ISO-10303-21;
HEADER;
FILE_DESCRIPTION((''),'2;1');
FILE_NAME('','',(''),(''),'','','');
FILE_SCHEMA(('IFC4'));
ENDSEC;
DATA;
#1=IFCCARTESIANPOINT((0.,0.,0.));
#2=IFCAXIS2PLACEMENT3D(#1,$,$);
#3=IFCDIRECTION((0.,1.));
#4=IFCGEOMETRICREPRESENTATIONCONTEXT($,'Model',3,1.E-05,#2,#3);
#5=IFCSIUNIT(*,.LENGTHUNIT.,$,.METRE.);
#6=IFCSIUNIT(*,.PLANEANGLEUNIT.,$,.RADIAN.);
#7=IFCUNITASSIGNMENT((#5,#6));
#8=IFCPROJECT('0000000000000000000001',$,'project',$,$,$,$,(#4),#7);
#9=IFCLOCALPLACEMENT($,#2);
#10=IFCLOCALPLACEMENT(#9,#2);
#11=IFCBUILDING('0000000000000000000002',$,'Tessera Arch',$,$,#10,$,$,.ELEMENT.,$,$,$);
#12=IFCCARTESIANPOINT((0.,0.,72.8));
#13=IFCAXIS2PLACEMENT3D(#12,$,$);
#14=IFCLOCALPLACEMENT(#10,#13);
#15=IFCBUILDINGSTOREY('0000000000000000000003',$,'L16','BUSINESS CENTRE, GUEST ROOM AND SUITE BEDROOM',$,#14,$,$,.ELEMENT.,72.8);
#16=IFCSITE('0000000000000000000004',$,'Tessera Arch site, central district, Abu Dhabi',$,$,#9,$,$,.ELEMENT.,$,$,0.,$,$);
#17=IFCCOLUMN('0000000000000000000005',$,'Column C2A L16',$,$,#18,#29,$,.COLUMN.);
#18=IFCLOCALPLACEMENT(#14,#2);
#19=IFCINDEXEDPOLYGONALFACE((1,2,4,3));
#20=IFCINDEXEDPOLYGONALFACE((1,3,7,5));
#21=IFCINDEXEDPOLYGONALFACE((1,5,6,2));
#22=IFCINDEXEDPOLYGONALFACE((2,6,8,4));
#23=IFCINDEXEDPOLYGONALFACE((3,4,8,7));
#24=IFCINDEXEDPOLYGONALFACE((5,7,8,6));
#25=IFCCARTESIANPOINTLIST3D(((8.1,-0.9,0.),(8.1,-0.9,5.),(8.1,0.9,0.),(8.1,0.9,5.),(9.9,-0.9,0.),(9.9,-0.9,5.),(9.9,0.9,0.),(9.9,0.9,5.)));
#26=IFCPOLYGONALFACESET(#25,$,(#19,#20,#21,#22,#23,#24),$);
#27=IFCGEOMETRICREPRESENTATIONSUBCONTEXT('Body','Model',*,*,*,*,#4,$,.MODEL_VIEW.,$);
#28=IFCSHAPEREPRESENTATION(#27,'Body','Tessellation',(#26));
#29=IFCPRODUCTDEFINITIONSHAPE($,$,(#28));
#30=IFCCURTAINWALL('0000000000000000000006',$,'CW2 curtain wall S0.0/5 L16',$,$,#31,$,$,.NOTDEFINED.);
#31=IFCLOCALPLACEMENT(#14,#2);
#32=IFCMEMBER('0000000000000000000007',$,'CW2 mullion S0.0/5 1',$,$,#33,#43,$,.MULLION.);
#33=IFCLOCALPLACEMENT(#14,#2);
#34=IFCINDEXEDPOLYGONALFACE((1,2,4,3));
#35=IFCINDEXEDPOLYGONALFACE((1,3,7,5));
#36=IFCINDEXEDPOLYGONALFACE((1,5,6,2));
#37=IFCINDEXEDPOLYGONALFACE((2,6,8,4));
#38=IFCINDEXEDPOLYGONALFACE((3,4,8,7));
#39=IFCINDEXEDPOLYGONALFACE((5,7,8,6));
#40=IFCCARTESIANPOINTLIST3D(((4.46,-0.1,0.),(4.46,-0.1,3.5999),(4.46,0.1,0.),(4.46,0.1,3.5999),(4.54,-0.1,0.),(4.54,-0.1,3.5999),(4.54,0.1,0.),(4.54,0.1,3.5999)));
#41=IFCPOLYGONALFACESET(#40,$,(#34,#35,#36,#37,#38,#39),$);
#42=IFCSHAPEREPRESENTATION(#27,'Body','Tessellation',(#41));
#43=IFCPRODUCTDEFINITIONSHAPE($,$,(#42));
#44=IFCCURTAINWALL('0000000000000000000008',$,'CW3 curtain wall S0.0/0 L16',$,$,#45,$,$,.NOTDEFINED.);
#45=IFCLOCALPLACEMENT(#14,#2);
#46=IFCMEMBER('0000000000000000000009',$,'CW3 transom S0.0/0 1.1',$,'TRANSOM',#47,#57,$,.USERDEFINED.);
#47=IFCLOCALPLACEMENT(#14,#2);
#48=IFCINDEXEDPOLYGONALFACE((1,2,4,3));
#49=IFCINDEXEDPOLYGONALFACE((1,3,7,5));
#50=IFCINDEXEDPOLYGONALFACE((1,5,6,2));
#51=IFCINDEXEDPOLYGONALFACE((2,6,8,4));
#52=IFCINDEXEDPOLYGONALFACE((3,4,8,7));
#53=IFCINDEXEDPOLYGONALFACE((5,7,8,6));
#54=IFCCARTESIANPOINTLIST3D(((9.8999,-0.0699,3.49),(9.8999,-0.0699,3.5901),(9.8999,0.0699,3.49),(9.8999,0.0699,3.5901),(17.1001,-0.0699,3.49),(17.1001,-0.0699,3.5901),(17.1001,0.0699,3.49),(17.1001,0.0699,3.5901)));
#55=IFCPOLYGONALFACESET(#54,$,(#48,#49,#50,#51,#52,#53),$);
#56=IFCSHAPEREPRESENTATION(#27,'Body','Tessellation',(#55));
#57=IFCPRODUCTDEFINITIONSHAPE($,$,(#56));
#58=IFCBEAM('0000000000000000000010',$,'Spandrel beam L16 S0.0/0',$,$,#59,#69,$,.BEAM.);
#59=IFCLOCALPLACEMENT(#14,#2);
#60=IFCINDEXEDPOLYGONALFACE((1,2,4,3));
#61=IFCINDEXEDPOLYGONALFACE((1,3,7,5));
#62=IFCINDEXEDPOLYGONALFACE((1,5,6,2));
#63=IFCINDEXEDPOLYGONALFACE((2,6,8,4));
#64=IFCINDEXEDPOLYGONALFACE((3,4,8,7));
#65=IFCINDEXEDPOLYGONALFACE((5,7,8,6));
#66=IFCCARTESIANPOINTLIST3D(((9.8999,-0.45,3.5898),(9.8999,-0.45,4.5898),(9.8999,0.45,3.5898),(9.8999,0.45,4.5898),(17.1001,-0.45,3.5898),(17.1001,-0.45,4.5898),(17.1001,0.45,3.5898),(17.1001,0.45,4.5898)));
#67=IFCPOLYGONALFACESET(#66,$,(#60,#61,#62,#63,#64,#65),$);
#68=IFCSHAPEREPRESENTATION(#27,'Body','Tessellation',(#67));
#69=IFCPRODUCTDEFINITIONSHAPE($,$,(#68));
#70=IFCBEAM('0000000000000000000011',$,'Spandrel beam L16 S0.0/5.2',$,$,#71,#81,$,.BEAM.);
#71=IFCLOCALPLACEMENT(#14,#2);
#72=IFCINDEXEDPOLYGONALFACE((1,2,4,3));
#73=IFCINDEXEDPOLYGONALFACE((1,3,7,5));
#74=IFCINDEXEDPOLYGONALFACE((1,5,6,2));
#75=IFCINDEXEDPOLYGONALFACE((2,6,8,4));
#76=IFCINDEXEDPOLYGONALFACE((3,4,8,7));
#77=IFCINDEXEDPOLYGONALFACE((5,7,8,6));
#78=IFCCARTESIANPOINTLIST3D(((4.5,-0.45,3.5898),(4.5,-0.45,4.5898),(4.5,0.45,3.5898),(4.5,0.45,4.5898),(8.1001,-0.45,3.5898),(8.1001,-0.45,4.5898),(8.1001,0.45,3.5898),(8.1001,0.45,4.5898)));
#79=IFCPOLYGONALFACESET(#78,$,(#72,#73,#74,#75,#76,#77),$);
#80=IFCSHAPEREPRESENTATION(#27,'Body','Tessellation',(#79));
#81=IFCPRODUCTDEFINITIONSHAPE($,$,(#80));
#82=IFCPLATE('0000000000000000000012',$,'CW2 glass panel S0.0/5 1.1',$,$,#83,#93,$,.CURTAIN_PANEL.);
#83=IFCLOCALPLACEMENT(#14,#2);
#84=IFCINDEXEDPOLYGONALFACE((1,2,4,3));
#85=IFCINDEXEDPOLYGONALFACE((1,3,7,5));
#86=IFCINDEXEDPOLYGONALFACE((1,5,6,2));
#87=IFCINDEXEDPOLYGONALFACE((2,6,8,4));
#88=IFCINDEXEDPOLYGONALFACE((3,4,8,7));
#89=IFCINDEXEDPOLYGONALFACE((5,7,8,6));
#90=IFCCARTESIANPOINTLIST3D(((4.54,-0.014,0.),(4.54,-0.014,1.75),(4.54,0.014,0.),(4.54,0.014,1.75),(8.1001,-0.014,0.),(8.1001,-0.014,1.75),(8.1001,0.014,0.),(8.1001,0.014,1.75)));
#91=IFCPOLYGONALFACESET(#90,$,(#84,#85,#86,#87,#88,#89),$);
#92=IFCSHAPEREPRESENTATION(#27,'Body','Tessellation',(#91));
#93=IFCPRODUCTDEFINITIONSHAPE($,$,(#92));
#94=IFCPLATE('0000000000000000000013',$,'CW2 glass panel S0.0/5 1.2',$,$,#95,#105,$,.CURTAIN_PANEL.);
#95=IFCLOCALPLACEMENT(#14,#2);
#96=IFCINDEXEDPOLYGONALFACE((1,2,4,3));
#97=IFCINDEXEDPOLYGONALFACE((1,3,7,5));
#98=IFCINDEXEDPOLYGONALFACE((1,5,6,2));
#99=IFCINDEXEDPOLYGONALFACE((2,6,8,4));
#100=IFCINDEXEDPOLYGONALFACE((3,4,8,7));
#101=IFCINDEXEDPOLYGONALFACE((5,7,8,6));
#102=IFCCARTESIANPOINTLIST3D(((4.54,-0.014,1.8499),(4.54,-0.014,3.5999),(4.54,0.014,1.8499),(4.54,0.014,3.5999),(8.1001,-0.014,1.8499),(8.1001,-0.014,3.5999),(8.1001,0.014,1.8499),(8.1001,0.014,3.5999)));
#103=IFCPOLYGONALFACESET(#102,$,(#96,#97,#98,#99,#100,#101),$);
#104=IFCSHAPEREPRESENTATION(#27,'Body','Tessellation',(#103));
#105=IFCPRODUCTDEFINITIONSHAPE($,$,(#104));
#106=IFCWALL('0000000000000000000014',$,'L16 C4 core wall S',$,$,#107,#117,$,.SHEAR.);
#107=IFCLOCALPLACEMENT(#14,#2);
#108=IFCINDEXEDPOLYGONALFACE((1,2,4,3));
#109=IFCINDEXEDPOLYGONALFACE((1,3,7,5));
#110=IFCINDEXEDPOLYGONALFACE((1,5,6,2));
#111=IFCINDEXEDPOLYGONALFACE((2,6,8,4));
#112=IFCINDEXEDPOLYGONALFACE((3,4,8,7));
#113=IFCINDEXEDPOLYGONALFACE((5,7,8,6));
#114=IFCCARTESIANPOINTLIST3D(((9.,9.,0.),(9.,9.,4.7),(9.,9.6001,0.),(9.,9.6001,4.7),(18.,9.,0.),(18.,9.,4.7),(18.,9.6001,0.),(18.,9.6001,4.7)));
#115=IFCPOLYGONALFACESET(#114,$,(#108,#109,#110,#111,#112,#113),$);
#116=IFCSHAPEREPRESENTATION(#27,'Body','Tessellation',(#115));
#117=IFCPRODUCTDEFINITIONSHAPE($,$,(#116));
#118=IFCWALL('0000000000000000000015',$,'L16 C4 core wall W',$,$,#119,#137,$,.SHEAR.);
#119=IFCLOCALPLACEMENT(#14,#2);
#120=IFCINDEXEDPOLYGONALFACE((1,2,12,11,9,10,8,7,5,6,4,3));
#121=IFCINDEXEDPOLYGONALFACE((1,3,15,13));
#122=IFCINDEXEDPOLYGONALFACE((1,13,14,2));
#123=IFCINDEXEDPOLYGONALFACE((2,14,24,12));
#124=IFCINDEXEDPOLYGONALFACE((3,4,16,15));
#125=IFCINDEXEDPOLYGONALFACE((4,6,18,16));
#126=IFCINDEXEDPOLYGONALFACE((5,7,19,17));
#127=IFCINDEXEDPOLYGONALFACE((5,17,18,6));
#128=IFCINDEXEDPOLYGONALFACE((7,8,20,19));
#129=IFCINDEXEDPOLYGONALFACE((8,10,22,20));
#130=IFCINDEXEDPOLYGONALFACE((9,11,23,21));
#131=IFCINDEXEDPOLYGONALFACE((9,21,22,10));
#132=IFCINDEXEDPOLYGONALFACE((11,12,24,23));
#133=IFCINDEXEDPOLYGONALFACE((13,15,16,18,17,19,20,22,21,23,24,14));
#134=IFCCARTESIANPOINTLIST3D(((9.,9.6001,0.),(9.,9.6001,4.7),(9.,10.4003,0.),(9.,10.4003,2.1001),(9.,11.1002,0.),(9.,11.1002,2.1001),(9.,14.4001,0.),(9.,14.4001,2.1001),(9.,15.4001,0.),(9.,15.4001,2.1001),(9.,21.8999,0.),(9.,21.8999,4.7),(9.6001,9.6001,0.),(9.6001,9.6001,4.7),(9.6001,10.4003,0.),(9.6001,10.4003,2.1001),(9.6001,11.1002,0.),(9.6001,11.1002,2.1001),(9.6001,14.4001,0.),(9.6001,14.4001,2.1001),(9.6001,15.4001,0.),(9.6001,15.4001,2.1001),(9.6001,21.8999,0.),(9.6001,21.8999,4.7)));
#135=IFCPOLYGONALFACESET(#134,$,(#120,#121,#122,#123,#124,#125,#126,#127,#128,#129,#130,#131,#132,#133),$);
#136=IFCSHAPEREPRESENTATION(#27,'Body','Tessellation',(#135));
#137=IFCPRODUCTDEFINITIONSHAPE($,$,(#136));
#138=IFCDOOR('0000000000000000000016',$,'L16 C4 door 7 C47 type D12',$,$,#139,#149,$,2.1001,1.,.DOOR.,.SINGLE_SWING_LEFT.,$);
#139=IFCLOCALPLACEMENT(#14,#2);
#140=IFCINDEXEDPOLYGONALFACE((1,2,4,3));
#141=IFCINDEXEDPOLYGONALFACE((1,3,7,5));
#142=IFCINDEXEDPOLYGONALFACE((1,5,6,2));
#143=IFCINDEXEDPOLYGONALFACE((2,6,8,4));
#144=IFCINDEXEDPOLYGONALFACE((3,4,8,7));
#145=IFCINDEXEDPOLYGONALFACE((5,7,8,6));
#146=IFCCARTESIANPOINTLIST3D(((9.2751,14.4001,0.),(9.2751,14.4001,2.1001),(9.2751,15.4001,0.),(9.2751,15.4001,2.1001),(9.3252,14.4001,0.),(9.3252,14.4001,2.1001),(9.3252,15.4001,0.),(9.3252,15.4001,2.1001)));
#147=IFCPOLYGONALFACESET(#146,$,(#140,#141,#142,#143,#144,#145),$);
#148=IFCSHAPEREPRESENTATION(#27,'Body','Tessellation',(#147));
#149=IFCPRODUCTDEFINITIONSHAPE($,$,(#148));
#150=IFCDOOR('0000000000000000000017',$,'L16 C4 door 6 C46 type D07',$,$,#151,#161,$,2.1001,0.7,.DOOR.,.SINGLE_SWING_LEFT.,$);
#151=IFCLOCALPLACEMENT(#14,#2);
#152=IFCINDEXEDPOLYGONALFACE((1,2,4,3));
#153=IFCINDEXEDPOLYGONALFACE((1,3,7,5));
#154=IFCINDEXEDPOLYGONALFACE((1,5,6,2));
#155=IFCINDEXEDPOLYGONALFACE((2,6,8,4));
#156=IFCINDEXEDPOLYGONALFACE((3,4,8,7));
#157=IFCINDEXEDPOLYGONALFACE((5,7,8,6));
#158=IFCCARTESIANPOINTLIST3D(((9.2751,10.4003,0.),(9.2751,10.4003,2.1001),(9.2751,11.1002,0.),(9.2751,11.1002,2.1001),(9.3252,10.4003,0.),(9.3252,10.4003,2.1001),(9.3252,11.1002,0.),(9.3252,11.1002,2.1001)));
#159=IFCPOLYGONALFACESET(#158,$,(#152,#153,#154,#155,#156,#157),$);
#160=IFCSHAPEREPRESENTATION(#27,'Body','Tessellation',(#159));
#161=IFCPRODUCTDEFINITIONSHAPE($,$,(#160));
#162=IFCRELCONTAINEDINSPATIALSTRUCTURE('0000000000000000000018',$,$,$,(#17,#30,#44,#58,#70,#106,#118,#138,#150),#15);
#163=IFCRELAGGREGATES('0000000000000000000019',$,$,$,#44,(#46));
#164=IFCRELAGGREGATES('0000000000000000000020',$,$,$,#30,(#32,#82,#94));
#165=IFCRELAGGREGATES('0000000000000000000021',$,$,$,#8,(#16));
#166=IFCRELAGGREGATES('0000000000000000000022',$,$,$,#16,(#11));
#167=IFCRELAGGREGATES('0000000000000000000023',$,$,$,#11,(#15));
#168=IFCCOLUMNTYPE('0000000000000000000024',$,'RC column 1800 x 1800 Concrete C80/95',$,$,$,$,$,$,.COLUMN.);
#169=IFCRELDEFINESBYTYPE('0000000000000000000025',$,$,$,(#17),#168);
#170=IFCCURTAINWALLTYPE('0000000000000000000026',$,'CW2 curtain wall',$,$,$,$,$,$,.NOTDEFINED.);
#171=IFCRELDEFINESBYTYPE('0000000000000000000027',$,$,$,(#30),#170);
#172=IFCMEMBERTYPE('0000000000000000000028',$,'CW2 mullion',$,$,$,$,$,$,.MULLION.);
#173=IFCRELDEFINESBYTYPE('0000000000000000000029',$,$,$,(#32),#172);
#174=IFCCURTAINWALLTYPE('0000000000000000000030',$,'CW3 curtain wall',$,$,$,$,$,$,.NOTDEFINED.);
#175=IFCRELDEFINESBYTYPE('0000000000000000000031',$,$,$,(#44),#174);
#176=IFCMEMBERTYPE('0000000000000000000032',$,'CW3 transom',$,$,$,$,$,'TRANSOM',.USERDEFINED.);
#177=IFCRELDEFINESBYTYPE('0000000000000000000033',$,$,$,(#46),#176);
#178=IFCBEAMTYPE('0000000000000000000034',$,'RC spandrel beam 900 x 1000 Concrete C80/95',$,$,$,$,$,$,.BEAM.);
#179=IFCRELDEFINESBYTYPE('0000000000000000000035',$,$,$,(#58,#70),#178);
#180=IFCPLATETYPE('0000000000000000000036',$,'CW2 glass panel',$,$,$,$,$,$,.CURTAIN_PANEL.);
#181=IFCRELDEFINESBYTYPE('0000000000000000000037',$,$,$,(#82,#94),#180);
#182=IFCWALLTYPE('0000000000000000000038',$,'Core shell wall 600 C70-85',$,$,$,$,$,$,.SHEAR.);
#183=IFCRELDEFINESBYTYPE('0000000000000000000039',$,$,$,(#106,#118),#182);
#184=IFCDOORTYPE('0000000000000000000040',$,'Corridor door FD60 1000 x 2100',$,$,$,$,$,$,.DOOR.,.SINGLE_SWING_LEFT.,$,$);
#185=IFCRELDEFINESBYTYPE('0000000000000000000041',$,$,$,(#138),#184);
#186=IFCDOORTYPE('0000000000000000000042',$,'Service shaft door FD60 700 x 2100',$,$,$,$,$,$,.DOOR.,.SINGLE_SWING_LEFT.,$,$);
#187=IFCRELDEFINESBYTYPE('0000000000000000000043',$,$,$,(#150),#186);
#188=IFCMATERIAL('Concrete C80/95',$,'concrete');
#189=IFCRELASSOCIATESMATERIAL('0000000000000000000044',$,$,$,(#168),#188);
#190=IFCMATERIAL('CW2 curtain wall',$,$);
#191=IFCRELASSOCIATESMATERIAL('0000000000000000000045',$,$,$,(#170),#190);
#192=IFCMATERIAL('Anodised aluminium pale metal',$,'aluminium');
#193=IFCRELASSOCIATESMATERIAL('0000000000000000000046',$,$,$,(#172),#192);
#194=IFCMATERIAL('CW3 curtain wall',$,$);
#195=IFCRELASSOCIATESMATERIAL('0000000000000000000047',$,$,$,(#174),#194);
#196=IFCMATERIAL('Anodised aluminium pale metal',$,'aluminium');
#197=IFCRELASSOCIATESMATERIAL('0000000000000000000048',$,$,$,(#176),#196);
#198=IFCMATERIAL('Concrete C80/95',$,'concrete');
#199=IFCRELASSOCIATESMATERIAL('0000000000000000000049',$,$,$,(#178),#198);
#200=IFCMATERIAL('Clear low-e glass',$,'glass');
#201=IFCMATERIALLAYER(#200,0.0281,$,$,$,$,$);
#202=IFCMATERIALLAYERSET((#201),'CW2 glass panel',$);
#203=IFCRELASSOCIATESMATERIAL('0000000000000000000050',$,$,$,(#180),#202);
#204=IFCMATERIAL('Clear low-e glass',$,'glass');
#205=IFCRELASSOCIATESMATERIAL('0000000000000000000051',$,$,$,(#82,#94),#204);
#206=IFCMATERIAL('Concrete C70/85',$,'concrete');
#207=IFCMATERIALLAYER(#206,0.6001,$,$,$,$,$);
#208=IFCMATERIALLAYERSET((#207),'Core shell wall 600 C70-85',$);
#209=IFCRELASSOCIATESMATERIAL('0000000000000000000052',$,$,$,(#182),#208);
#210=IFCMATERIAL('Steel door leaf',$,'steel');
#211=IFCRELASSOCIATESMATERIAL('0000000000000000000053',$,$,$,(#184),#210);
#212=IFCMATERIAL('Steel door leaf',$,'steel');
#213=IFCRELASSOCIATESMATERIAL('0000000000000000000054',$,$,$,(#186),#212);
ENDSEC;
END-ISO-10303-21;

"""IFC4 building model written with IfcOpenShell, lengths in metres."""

from ifc_helpers import new_model, si_unit, direction, frame, frame_2d, origin, origin_2d, place, context, subcontext, project, spatial, rectangle, extrude, material, layer, layer_set, material_profile, profile_set, type_object, element, fill, aggregate, save


model = new_model("IFC4")

# Units and contexts
model_context = context("Model", 3, precision=1e-05, world=origin(), true_north=direction((0.0, 1.0)))
body_context = subcontext(model_context, "Body", "Model", "MODEL_VIEW")
ifc_project = project(units=[si_unit("LENGTHUNIT", "METRE"), si_unit("PLANEANGLEUNIT", "RADIAN")], contexts=[model_context])

# Site, building, storey
site_placement = place(None, origin())
site = spatial("IfcSite", under=ifc_project, at=site_placement, Name="Tessera Arch site, central district, Abu Dhabi", CompositionType="ELEMENT", RefElevation=0.0)
building_placement = place(site_placement, origin())
building = spatial("IfcBuilding", under=site, at=building_placement, Name="Tessera Arch", CompositionType="ELEMENT")
storey_placement = place(building_placement, frame((0.0, 0.0, 72.8)))
storey = spatial("IfcBuildingStorey", under=building, at=storey_placement, Name="L16", Description="BUSINESS CENTRE, GUEST ROOM AND SUITE BEDROOM", CompositionType="ELEMENT", Elevation=72.8)

# Column
ifc_material_1 = material(Name="Concrete C80/95", Category="concrete")
ifc_material_profile_1 = material_profile(ifc_material_1, rectangle(XDim=1.8, YDim=1.8, at=origin_2d()), Name="RC column 1800 x 1800 Concrete C80/95")
ifc_profile_set_1 = profile_set([ifc_material_profile_1], Name="Concrete C80/95")
column_type = type_object("IfcColumnType", Name="RC column 1800 x 1800 Concrete C80/95", PredefinedType="COLUMN", material=ifc_profile_set_1)
column_placement = place(storey_placement, frame((9.0, 0.0, 0.0), z_axis=(0.0, 0.0, 1.0), x_axis=(1.0, 0.0, 0.0)))
element("IfcColumn", 1, at=column_placement, inside=storey, type_object=column_type, Name="Column C2A L16", PredefinedType="COLUMN", context=body_context, shape_type="SweptSolid", body=[
    extrude(rectangle(XDim=1.8, YDim=1.8, at=origin_2d()), origin(), (0.0, 0.0, 1.0), 5.0),
])

# Curtain walls, members
ifc_material_2 = material(Name="CW2 curtain wall")
curtain_wall_type_1 = type_object("IfcCurtainWallType", Name="CW2 curtain wall", PredefinedType="NOTDEFINED", material=ifc_material_2)
curtain_wall_1_placement = place(storey_placement, origin())
curtain_wall_1 = element("IfcCurtainWall", 2, at=curtain_wall_1_placement, inside=storey, type_object=curtain_wall_type_1, Name="CW2 curtain wall S0.0/5 L16", PredefinedType="NOTDEFINED")
ifc_material_3 = material(Name="Anodised aluminium pale metal", Category="aluminium")
ifc_material_profile_2 = material_profile(ifc_material_3, rectangle(XDim=0.2, YDim=0.0801, at=origin_2d()), Name="AL 80x200")
ifc_profile_set_2 = profile_set([ifc_material_profile_2], Name="Anodised aluminium pale metal")
member_type_1 = type_object("IfcMemberType", Name="CW2 mullion", PredefinedType="MULLION", material=ifc_profile_set_2)
member_1_placement = place(storey_placement, frame((4.5, 0.0, 0.0), z_axis=(0.0, 0.0, 1.0), x_axis=(0.0, 1.0, 0.0)))
member_1 = element("IfcMember", 3, at=member_1_placement, type_object=member_type_1, Name="CW2 mullion S0.0/5 1", PredefinedType="MULLION", context=body_context, shape_type="SweptSolid", body=[
    extrude(rectangle(XDim=0.2, YDim=0.0801, at=origin_2d()), origin(), (0.0, 0.0, 1.0), 3.5999),
])
ifc_material_4 = material(Name="CW3 curtain wall")
curtain_wall_type_2 = type_object("IfcCurtainWallType", Name="CW3 curtain wall", PredefinedType="NOTDEFINED", material=ifc_material_4)
curtain_wall_2_placement = place(storey_placement, origin())
curtain_wall_2 = element("IfcCurtainWall", 4, at=curtain_wall_2_placement, inside=storey, type_object=curtain_wall_type_2, Name="CW3 curtain wall S0.0/0 L16", PredefinedType="NOTDEFINED")
ifc_material_5 = material(Name="Anodised aluminium pale metal", Category="aluminium")
ifc_material_profile_3 = material_profile(ifc_material_5, rectangle(XDim=0.1399, YDim=0.1001, at=origin_2d()), Name="AL 140x100")
ifc_profile_set_3 = profile_set([ifc_material_profile_3], Name="Anodised aluminium pale metal")
member_type_2 = type_object("IfcMemberType", Name="CW3 transom", ElementType="TRANSOM", PredefinedType="USERDEFINED", material=ifc_profile_set_3)
member_2_placement = place(storey_placement, frame((9.8999, 0.0, 3.54), z_axis=(1.0, 0.0, 0.0), x_axis=(0.0, 1.0, 0.0)))
member_2 = element("IfcMember", 5, at=member_2_placement, type_object=member_type_2, Name="CW3 transom S0.0/0 1.1", ObjectType="TRANSOM", PredefinedType="USERDEFINED", context=body_context, shape_type="SweptSolid", body=[
    extrude(rectangle(XDim=0.1399, YDim=0.1001, at=origin_2d()), origin(), (0.0, 0.0, 1.0), 7.2002),
])
aggregate(curtain_wall_2, [member_2])

# Beams
ifc_material_6 = material(Name="Concrete C80/95", Category="concrete")
ifc_material_profile_4 = material_profile(ifc_material_6, rectangle(XDim=0.8999, YDim=1.0, at=origin_2d()), Name="RC spandrel beam 900 x 1000 Concrete C80/95")
ifc_profile_set_4 = profile_set([ifc_material_profile_4], Name="Concrete C80/95")
beam_type = type_object("IfcBeamType", Name="RC spandrel beam 900 x 1000 Concrete C80/95", PredefinedType="BEAM", material=ifc_profile_set_4)
beam_1_placement = place(storey_placement, frame((9.8999, 0.0, 4.0898), z_axis=(1.0, 0.0, 0.0), x_axis=(0.0, 1.0, 0.0)))
element("IfcBeam", 6, at=beam_1_placement, inside=storey, type_object=beam_type, Name="Spandrel beam L16 S0.0/0", PredefinedType="BEAM", context=body_context, shape_type="SweptSolid", body=[
    extrude(rectangle(XDim=0.8999, YDim=1.0, at=origin_2d()), origin(), (0.0, 0.0, 1.0), 7.2002),
])
beam_2_placement = place(storey_placement, frame((4.5, 0.0, 4.0898), z_axis=(1.0, 0.0, 0.0), x_axis=(0.0, 1.0, 0.0)))
element("IfcBeam", 7, at=beam_2_placement, inside=storey, type_object=beam_type, Name="Spandrel beam L16 S0.0/5.2", PredefinedType="BEAM", context=body_context, shape_type="SweptSolid", body=[
    extrude(rectangle(XDim=0.8999, YDim=1.0, at=origin_2d()), origin(), (0.0, 0.0, 1.0), 3.6001),
])

# Plates
ifc_material_7 = material(Name="Clear low-e glass", Category="glass")
ifc_material_8 = material(Name="Clear low-e glass", Category="glass")
ifc_layer_1 = layer(ifc_material_8, 0.0281)
ifc_layer_set_1 = layer_set([ifc_layer_1], Name="CW2 glass panel")
plate_type = type_object("IfcPlateType", Name="CW2 glass panel", PredefinedType="CURTAIN_PANEL", material=ifc_layer_set_1)
plate_1_placement = place(storey_placement, frame((6.3201, 0.0, 0.0), z_axis=(0.0, 0.0, 1.0), x_axis=(1.0, 0.0, 0.0)))
plate_1 = element("IfcPlate", 8, at=plate_1_placement, type_object=plate_type, material=ifc_material_7, Name="CW2 glass panel S0.0/5 1.1", PredefinedType="CURTAIN_PANEL", context=body_context, shape_type="SweptSolid", body=[
    extrude(rectangle(XDim=3.5601, YDim=0.0281, at=origin_2d()), origin(), (0.0, 0.0, 1.0), 1.75),
])
plate_2_placement = place(storey_placement, frame((6.3201, 0.0, 1.8499), z_axis=(0.0, 0.0, 1.0), x_axis=(1.0, 0.0, 0.0)))
plate_2 = element("IfcPlate", 9, at=plate_2_placement, type_object=plate_type, material=ifc_material_7, Name="CW2 glass panel S0.0/5 1.2", PredefinedType="CURTAIN_PANEL", context=body_context, shape_type="SweptSolid", body=[
    extrude(rectangle(XDim=3.5601, YDim=0.0281, at=origin_2d()), origin(), (0.0, 0.0, 1.0), 1.75),
])
aggregate(curtain_wall_1, [member_1, plate_1, plate_2])

# Wall
ifc_material_9 = material(Name="Concrete C70/85", Category="concrete")
ifc_layer_2 = layer(ifc_material_9, 0.6001)
ifc_layer_set_2 = layer_set([ifc_layer_2], Name="Core shell wall 600 C70-85")
wall_type_1 = type_object("IfcWallType", Name="Core shell wall 600 C70-85", PredefinedType="SHEAR", material=ifc_layer_set_2)
wall_1_placement = place(storey_placement, frame((9.0, 9.3, 0.0), z_axis=(0.0, 0.0, 1.0), x_axis=(1.0, 0.0, 0.0)))
element("IfcWall", 10, at=wall_1_placement, inside=storey, type_object=wall_type_1, Name="L16 C4 core wall S", PredefinedType="SHEAR", context=body_context, shape_type="SweptSolid", body=[
    extrude(rectangle(XDim=9.0, YDim=0.6001, at=frame_2d((4.5, 0.0))), origin(), (0.0, 0.0, 1.0), 4.7),
])

# Wall, openings, doors
wall_2_placement = place(storey_placement, frame((9.3, 9.6001, 0.0), z_axis=(0.0, 0.0, 1.0), x_axis=(0.0, 1.0, 0.0)))
wall_2 = element("IfcWall", 11, at=wall_2_placement, inside=storey, type_object=wall_type_1, Name="L16 C4 core wall W", PredefinedType="SHEAR", context=body_context, shape_type="SweptSolid", body=[
    extrude(rectangle(XDim=12.2998, YDim=0.6001, at=frame_2d((6.1499, 0.0))), origin(), (0.0, 0.0, 1.0), 4.7),
])
opening_1_placement = place(wall_2_placement, frame((0.8, 0.0, 0.0)))
opening_1 = element("IfcOpeningElement", 12, at=opening_1_placement, cuts=wall_2, PredefinedType="OPENING", context=body_context, shape_type="SweptSolid", body=[
    extrude(rectangle(XDim=0.7, YDim=2.1001, at=frame_2d((0.3501, 1.05))), frame((0.0, 0.3101, 0.0), z_axis=(0.0, -1.0, 0.0), x_axis=(1.0, 0.0, 0.0)), (0.0, 0.0, 1.0), 0.6201),
])
opening_2_placement = place(wall_2_placement, frame((4.8, 0.0, 0.0)))
opening_2 = element("IfcOpeningElement", 13, at=opening_2_placement, cuts=wall_2, PredefinedType="OPENING", context=body_context, shape_type="SweptSolid", body=[
    extrude(rectangle(XDim=1.0, YDim=2.1001, at=frame_2d((0.5, 1.05))), frame((0.0, 0.3101, 0.0), z_axis=(0.0, -1.0, 0.0), x_axis=(1.0, 0.0, 0.0)), (0.0, 0.0, 1.0), 0.6201),
])
ifc_material_10 = material(Name="Steel door leaf", Category="steel")
door_type_1 = type_object("IfcDoorType", Name="Corridor door FD60 1000 x 2100", OperationType="SINGLE_SWING_LEFT", PredefinedType="DOOR", material=ifc_material_10)
door_1_placement = place(opening_2_placement, origin())
door_1 = element("IfcDoor", 14, at=door_1_placement, inside=storey, type_object=door_type_1, Name="L16 C4 door 7 C47 type D12", OperationType="SINGLE_SWING_LEFT", OverallHeight=2.1001, OverallWidth=1.0, PredefinedType="DOOR", context=body_context, shape_type="SweptSolid", body=[
    extrude(rectangle(XDim=1.0, YDim=2.1001, at=frame_2d((0.5, 1.05))), frame((0.0, 0.0249, 0.0), z_axis=(0.0, -1.0, 0.0), x_axis=(1.0, 0.0, 0.0)), (0.0, 0.0, 1.0), 0.05),
])
fill(opening_2, door_1)
ifc_material_11 = material(Name="Steel door leaf", Category="steel")
door_type_2 = type_object("IfcDoorType", Name="Service shaft door FD60 700 x 2100", OperationType="SINGLE_SWING_LEFT", PredefinedType="DOOR", material=ifc_material_11)
door_2_placement = place(opening_1_placement, origin())
door_2 = element("IfcDoor", 15, at=door_2_placement, inside=storey, type_object=door_type_2, Name="L16 C4 door 6 C46 type D07", OperationType="SINGLE_SWING_LEFT", OverallHeight=2.1001, OverallWidth=0.7, PredefinedType="DOOR", context=body_context, shape_type="SweptSolid", body=[
    extrude(rectangle(XDim=0.7, YDim=2.1001, at=frame_2d((0.3501, 1.05))), frame((0.0, 0.0249, 0.0), z_axis=(0.0, -1.0, 0.0), x_axis=(1.0, 0.0, 0.0)), (0.0, 0.0, 1.0), 0.05),
])
fill(opening_1, door_2)

save(model, "model.ifc")
